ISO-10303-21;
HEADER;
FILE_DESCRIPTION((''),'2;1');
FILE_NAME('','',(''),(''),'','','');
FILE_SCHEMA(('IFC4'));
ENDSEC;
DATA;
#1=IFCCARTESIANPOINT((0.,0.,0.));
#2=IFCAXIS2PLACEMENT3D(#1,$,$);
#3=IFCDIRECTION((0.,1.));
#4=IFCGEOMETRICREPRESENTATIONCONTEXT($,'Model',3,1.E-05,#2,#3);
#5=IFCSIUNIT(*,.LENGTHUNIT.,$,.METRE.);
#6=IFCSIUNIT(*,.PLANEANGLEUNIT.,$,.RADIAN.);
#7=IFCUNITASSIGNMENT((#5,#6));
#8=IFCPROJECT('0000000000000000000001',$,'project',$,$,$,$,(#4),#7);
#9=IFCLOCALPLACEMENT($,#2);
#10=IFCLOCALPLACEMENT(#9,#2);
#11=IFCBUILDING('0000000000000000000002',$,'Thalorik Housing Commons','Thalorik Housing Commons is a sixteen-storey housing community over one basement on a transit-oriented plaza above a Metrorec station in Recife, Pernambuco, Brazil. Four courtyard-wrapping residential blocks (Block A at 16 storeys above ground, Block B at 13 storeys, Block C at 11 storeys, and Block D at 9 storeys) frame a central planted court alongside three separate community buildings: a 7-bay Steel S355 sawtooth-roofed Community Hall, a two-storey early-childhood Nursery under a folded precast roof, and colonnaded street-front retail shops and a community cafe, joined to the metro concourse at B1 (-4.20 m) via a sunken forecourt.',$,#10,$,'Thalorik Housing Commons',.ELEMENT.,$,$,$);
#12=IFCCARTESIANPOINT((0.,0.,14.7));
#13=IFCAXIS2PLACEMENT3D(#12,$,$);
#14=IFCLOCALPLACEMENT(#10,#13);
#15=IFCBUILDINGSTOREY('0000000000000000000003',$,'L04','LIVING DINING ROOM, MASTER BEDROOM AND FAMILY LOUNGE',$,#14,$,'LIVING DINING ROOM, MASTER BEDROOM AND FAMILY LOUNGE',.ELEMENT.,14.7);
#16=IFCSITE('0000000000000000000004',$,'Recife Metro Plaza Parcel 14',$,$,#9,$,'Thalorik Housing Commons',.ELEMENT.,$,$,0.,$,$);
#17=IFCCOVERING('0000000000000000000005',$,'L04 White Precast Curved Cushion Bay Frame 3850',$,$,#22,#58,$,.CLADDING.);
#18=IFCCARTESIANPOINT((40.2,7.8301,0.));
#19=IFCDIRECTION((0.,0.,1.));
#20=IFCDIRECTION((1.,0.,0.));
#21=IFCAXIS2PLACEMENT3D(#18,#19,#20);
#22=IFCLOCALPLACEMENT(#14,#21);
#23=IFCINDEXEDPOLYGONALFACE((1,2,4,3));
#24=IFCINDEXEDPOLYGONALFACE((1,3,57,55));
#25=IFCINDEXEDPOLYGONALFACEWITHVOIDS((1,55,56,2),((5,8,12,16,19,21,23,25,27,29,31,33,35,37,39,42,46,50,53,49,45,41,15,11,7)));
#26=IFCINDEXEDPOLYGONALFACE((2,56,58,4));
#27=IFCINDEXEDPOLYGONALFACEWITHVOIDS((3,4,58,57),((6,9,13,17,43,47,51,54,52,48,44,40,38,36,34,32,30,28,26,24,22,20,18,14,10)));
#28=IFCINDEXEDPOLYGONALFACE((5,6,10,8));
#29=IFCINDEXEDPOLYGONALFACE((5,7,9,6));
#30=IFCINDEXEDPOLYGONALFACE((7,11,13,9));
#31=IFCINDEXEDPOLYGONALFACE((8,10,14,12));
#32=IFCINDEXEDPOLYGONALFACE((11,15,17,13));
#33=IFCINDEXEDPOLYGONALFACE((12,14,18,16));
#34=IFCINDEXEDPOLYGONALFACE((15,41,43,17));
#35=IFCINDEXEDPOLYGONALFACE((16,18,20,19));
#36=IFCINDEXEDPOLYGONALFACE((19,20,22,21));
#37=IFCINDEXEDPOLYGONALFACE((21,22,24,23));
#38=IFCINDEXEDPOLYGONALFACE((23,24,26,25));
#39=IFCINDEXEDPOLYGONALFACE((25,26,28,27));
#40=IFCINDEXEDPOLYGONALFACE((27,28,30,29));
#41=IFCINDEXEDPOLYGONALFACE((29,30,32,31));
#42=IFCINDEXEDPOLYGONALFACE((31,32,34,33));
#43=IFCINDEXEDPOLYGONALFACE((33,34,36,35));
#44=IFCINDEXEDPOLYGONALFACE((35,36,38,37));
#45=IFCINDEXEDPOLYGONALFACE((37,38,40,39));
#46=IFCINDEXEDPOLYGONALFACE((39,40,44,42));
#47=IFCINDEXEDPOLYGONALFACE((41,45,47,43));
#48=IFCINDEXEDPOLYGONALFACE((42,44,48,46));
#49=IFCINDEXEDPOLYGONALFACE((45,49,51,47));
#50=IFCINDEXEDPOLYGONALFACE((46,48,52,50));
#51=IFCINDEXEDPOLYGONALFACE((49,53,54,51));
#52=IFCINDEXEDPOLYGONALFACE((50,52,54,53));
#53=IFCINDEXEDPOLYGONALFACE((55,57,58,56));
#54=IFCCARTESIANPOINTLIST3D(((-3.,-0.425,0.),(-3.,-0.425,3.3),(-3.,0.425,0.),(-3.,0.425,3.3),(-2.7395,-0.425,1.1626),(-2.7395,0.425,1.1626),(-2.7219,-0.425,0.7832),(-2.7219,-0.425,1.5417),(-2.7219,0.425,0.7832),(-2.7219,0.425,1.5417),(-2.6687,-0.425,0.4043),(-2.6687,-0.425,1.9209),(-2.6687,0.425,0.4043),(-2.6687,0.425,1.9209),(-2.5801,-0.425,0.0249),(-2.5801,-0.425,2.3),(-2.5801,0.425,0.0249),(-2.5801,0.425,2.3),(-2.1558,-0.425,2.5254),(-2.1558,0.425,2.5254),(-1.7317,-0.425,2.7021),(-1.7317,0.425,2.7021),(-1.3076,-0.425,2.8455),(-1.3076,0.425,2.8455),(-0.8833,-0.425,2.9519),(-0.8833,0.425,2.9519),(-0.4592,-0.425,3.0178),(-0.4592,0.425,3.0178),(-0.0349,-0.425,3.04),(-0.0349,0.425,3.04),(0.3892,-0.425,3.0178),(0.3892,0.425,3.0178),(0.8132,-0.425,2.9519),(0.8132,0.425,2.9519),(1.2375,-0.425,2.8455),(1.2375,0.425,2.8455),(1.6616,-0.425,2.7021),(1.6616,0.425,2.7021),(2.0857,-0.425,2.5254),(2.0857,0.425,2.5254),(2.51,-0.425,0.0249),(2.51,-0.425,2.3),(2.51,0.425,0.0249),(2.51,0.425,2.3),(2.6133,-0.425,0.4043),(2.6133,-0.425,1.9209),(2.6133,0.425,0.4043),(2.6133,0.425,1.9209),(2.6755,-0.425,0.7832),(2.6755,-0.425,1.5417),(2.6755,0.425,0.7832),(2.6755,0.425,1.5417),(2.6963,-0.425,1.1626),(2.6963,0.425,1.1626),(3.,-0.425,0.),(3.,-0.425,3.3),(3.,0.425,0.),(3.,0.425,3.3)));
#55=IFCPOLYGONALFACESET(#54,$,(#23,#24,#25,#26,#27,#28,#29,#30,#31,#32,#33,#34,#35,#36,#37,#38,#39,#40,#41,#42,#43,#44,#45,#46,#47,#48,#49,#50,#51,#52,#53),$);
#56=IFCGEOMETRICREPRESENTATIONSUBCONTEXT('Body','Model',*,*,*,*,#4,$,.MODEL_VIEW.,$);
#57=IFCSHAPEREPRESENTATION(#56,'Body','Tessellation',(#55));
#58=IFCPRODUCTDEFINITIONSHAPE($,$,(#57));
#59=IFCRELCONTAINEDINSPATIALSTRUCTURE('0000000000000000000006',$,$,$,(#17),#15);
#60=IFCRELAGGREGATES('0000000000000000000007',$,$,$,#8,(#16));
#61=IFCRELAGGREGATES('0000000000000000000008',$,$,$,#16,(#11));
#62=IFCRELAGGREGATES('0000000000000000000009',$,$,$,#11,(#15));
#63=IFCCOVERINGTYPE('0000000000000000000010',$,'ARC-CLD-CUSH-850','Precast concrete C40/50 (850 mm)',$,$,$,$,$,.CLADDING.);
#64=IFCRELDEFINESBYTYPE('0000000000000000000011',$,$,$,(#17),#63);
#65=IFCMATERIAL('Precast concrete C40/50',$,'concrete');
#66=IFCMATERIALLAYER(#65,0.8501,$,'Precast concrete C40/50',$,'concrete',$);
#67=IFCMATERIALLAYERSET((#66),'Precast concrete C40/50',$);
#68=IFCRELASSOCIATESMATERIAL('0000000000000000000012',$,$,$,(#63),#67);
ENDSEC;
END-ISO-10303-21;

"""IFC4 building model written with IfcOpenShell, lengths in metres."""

from ifc_helpers import new_model, si_unit, direction, frame, origin, place, context, subcontext, project, spatial, polyline, outline, extrude, material, layer, layer_set, type_object, element, save


model = new_model("IFC4")

# Units and contexts
model_context = context("Model", 3, precision=1e-05, world=origin(), true_north=direction((0.0, 1.0)))
body_context = subcontext(model_context, "Body", "Model", "MODEL_VIEW")
ifc_project = project(units=[si_unit("LENGTHUNIT", "METRE"), si_unit("PLANEANGLEUNIT", "RADIAN")], contexts=[model_context])

# Site, building, storey
site_placement = place(None, origin())
site = spatial("IfcSite", under=ifc_project, at=site_placement, Name="Recife Metro Plaza Parcel 14", LongName="Thalorik Housing Commons", CompositionType="ELEMENT", RefElevation=0.0)
building_placement = place(site_placement, origin())
building = spatial("IfcBuilding", under=site, at=building_placement, Name="Thalorik Housing Commons", Description="Thalorik Housing Commons is a sixteen-storey housing community over one basement on a transit-oriented plaza above a Metrorec station in Recife, Pernambuco, Brazil. Four courtyard-wrapping residential blocks (Block A at 16 storeys above ground, Block B at 13 storeys, Block C at 11 storeys, and Block D at 9 storeys) frame a central planted court alongside three separate community buildings: a 7-bay Steel S355 sawtooth-roofed Community Hall, a two-storey early-childhood Nursery under a folded precast roof, and colonnaded street-front retail shops and a community cafe, joined to the metro concourse at B1 (-4.20 m) via a sunken forecourt.", LongName="Thalorik Housing Commons", CompositionType="ELEMENT")
storey_placement = place(building_placement, frame((0.0, 0.0, 14.7)))
storey = spatial("IfcBuildingStorey", under=building, at=storey_placement, Name="L04", Description="LIVING DINING ROOM, MASTER BEDROOM AND FAMILY LOUNGE", LongName="LIVING DINING ROOM, MASTER BEDROOM AND FAMILY LOUNGE", CompositionType="ELEMENT", Elevation=14.7)

# Shared definitions
ifc_material_1 = material(Name="Precast concrete C40/50", Category="concrete")

# Covering
ifc_layer_1 = layer(ifc_material_1, 0.8501, Name="Precast concrete C40/50", Category="concrete")
ifc_layer_set_1 = layer_set([ifc_layer_1], Name="Precast concrete C40/50")
covering_type_1 = type_object("IfcCoveringType", Name="ARC-CLD-CUSH-850", Description="Precast concrete C40/50 (850 mm)", PredefinedType="CLADDING", material=ifc_layer_set_1)
covering_1_placement = place(storey_placement, frame((40.2, 7.8301, 0.0), z_axis=(0.0, 0.0, 1.0), x_axis=(1.0, 0.0, 0.0)))
element("IfcCovering", 1, at=covering_1_placement, inside=storey, type_object=covering_type_1, Name="L04 White Precast Curved Cushion Bay Frame 3850", PredefinedType="CLADDING", context=body_context, shape_type="SweptSolid", body=[
    extrude(outline(polyline([(-3.0, 0.0), (3.0, 0.0), (3.0, 3.3), (-3.0, 3.3), (-3.0, 0.0)]), holes=[polyline([(2.51, 0.0249), (2.6133, 0.4043), (2.6755, 0.7832), (2.6963, 1.1626), (2.6755, 1.5417), (2.6133, 1.9209), (2.51, 2.3), (2.0857, 2.5254), (1.6616, 2.7021), (1.2375, 2.8455), (0.8132, 2.9519), (0.3892, 3.0178), (-0.0349, 3.04), (-0.4592, 3.0178), (-0.8833, 2.9519), (-1.3076, 2.8455), (-1.7317, 2.7021), (-2.1558, 2.5254), (-2.5801, 2.3), (-2.6687, 1.9209), (-2.7219, 1.5417), (-2.7395, 1.1626), (-2.7219, 0.7832), (-2.6687, 0.4043), (-2.5801, 0.0249), (2.51, 0.0249)])]), frame((0.0, 0.425, 0.0), z_axis=(0.0, -1.0, 0.0), x_axis=(1.0, 0.0, 0.0)), (0.0, 0.0, 1.0), 0.8501),
])

save(model, "model.ifc")
